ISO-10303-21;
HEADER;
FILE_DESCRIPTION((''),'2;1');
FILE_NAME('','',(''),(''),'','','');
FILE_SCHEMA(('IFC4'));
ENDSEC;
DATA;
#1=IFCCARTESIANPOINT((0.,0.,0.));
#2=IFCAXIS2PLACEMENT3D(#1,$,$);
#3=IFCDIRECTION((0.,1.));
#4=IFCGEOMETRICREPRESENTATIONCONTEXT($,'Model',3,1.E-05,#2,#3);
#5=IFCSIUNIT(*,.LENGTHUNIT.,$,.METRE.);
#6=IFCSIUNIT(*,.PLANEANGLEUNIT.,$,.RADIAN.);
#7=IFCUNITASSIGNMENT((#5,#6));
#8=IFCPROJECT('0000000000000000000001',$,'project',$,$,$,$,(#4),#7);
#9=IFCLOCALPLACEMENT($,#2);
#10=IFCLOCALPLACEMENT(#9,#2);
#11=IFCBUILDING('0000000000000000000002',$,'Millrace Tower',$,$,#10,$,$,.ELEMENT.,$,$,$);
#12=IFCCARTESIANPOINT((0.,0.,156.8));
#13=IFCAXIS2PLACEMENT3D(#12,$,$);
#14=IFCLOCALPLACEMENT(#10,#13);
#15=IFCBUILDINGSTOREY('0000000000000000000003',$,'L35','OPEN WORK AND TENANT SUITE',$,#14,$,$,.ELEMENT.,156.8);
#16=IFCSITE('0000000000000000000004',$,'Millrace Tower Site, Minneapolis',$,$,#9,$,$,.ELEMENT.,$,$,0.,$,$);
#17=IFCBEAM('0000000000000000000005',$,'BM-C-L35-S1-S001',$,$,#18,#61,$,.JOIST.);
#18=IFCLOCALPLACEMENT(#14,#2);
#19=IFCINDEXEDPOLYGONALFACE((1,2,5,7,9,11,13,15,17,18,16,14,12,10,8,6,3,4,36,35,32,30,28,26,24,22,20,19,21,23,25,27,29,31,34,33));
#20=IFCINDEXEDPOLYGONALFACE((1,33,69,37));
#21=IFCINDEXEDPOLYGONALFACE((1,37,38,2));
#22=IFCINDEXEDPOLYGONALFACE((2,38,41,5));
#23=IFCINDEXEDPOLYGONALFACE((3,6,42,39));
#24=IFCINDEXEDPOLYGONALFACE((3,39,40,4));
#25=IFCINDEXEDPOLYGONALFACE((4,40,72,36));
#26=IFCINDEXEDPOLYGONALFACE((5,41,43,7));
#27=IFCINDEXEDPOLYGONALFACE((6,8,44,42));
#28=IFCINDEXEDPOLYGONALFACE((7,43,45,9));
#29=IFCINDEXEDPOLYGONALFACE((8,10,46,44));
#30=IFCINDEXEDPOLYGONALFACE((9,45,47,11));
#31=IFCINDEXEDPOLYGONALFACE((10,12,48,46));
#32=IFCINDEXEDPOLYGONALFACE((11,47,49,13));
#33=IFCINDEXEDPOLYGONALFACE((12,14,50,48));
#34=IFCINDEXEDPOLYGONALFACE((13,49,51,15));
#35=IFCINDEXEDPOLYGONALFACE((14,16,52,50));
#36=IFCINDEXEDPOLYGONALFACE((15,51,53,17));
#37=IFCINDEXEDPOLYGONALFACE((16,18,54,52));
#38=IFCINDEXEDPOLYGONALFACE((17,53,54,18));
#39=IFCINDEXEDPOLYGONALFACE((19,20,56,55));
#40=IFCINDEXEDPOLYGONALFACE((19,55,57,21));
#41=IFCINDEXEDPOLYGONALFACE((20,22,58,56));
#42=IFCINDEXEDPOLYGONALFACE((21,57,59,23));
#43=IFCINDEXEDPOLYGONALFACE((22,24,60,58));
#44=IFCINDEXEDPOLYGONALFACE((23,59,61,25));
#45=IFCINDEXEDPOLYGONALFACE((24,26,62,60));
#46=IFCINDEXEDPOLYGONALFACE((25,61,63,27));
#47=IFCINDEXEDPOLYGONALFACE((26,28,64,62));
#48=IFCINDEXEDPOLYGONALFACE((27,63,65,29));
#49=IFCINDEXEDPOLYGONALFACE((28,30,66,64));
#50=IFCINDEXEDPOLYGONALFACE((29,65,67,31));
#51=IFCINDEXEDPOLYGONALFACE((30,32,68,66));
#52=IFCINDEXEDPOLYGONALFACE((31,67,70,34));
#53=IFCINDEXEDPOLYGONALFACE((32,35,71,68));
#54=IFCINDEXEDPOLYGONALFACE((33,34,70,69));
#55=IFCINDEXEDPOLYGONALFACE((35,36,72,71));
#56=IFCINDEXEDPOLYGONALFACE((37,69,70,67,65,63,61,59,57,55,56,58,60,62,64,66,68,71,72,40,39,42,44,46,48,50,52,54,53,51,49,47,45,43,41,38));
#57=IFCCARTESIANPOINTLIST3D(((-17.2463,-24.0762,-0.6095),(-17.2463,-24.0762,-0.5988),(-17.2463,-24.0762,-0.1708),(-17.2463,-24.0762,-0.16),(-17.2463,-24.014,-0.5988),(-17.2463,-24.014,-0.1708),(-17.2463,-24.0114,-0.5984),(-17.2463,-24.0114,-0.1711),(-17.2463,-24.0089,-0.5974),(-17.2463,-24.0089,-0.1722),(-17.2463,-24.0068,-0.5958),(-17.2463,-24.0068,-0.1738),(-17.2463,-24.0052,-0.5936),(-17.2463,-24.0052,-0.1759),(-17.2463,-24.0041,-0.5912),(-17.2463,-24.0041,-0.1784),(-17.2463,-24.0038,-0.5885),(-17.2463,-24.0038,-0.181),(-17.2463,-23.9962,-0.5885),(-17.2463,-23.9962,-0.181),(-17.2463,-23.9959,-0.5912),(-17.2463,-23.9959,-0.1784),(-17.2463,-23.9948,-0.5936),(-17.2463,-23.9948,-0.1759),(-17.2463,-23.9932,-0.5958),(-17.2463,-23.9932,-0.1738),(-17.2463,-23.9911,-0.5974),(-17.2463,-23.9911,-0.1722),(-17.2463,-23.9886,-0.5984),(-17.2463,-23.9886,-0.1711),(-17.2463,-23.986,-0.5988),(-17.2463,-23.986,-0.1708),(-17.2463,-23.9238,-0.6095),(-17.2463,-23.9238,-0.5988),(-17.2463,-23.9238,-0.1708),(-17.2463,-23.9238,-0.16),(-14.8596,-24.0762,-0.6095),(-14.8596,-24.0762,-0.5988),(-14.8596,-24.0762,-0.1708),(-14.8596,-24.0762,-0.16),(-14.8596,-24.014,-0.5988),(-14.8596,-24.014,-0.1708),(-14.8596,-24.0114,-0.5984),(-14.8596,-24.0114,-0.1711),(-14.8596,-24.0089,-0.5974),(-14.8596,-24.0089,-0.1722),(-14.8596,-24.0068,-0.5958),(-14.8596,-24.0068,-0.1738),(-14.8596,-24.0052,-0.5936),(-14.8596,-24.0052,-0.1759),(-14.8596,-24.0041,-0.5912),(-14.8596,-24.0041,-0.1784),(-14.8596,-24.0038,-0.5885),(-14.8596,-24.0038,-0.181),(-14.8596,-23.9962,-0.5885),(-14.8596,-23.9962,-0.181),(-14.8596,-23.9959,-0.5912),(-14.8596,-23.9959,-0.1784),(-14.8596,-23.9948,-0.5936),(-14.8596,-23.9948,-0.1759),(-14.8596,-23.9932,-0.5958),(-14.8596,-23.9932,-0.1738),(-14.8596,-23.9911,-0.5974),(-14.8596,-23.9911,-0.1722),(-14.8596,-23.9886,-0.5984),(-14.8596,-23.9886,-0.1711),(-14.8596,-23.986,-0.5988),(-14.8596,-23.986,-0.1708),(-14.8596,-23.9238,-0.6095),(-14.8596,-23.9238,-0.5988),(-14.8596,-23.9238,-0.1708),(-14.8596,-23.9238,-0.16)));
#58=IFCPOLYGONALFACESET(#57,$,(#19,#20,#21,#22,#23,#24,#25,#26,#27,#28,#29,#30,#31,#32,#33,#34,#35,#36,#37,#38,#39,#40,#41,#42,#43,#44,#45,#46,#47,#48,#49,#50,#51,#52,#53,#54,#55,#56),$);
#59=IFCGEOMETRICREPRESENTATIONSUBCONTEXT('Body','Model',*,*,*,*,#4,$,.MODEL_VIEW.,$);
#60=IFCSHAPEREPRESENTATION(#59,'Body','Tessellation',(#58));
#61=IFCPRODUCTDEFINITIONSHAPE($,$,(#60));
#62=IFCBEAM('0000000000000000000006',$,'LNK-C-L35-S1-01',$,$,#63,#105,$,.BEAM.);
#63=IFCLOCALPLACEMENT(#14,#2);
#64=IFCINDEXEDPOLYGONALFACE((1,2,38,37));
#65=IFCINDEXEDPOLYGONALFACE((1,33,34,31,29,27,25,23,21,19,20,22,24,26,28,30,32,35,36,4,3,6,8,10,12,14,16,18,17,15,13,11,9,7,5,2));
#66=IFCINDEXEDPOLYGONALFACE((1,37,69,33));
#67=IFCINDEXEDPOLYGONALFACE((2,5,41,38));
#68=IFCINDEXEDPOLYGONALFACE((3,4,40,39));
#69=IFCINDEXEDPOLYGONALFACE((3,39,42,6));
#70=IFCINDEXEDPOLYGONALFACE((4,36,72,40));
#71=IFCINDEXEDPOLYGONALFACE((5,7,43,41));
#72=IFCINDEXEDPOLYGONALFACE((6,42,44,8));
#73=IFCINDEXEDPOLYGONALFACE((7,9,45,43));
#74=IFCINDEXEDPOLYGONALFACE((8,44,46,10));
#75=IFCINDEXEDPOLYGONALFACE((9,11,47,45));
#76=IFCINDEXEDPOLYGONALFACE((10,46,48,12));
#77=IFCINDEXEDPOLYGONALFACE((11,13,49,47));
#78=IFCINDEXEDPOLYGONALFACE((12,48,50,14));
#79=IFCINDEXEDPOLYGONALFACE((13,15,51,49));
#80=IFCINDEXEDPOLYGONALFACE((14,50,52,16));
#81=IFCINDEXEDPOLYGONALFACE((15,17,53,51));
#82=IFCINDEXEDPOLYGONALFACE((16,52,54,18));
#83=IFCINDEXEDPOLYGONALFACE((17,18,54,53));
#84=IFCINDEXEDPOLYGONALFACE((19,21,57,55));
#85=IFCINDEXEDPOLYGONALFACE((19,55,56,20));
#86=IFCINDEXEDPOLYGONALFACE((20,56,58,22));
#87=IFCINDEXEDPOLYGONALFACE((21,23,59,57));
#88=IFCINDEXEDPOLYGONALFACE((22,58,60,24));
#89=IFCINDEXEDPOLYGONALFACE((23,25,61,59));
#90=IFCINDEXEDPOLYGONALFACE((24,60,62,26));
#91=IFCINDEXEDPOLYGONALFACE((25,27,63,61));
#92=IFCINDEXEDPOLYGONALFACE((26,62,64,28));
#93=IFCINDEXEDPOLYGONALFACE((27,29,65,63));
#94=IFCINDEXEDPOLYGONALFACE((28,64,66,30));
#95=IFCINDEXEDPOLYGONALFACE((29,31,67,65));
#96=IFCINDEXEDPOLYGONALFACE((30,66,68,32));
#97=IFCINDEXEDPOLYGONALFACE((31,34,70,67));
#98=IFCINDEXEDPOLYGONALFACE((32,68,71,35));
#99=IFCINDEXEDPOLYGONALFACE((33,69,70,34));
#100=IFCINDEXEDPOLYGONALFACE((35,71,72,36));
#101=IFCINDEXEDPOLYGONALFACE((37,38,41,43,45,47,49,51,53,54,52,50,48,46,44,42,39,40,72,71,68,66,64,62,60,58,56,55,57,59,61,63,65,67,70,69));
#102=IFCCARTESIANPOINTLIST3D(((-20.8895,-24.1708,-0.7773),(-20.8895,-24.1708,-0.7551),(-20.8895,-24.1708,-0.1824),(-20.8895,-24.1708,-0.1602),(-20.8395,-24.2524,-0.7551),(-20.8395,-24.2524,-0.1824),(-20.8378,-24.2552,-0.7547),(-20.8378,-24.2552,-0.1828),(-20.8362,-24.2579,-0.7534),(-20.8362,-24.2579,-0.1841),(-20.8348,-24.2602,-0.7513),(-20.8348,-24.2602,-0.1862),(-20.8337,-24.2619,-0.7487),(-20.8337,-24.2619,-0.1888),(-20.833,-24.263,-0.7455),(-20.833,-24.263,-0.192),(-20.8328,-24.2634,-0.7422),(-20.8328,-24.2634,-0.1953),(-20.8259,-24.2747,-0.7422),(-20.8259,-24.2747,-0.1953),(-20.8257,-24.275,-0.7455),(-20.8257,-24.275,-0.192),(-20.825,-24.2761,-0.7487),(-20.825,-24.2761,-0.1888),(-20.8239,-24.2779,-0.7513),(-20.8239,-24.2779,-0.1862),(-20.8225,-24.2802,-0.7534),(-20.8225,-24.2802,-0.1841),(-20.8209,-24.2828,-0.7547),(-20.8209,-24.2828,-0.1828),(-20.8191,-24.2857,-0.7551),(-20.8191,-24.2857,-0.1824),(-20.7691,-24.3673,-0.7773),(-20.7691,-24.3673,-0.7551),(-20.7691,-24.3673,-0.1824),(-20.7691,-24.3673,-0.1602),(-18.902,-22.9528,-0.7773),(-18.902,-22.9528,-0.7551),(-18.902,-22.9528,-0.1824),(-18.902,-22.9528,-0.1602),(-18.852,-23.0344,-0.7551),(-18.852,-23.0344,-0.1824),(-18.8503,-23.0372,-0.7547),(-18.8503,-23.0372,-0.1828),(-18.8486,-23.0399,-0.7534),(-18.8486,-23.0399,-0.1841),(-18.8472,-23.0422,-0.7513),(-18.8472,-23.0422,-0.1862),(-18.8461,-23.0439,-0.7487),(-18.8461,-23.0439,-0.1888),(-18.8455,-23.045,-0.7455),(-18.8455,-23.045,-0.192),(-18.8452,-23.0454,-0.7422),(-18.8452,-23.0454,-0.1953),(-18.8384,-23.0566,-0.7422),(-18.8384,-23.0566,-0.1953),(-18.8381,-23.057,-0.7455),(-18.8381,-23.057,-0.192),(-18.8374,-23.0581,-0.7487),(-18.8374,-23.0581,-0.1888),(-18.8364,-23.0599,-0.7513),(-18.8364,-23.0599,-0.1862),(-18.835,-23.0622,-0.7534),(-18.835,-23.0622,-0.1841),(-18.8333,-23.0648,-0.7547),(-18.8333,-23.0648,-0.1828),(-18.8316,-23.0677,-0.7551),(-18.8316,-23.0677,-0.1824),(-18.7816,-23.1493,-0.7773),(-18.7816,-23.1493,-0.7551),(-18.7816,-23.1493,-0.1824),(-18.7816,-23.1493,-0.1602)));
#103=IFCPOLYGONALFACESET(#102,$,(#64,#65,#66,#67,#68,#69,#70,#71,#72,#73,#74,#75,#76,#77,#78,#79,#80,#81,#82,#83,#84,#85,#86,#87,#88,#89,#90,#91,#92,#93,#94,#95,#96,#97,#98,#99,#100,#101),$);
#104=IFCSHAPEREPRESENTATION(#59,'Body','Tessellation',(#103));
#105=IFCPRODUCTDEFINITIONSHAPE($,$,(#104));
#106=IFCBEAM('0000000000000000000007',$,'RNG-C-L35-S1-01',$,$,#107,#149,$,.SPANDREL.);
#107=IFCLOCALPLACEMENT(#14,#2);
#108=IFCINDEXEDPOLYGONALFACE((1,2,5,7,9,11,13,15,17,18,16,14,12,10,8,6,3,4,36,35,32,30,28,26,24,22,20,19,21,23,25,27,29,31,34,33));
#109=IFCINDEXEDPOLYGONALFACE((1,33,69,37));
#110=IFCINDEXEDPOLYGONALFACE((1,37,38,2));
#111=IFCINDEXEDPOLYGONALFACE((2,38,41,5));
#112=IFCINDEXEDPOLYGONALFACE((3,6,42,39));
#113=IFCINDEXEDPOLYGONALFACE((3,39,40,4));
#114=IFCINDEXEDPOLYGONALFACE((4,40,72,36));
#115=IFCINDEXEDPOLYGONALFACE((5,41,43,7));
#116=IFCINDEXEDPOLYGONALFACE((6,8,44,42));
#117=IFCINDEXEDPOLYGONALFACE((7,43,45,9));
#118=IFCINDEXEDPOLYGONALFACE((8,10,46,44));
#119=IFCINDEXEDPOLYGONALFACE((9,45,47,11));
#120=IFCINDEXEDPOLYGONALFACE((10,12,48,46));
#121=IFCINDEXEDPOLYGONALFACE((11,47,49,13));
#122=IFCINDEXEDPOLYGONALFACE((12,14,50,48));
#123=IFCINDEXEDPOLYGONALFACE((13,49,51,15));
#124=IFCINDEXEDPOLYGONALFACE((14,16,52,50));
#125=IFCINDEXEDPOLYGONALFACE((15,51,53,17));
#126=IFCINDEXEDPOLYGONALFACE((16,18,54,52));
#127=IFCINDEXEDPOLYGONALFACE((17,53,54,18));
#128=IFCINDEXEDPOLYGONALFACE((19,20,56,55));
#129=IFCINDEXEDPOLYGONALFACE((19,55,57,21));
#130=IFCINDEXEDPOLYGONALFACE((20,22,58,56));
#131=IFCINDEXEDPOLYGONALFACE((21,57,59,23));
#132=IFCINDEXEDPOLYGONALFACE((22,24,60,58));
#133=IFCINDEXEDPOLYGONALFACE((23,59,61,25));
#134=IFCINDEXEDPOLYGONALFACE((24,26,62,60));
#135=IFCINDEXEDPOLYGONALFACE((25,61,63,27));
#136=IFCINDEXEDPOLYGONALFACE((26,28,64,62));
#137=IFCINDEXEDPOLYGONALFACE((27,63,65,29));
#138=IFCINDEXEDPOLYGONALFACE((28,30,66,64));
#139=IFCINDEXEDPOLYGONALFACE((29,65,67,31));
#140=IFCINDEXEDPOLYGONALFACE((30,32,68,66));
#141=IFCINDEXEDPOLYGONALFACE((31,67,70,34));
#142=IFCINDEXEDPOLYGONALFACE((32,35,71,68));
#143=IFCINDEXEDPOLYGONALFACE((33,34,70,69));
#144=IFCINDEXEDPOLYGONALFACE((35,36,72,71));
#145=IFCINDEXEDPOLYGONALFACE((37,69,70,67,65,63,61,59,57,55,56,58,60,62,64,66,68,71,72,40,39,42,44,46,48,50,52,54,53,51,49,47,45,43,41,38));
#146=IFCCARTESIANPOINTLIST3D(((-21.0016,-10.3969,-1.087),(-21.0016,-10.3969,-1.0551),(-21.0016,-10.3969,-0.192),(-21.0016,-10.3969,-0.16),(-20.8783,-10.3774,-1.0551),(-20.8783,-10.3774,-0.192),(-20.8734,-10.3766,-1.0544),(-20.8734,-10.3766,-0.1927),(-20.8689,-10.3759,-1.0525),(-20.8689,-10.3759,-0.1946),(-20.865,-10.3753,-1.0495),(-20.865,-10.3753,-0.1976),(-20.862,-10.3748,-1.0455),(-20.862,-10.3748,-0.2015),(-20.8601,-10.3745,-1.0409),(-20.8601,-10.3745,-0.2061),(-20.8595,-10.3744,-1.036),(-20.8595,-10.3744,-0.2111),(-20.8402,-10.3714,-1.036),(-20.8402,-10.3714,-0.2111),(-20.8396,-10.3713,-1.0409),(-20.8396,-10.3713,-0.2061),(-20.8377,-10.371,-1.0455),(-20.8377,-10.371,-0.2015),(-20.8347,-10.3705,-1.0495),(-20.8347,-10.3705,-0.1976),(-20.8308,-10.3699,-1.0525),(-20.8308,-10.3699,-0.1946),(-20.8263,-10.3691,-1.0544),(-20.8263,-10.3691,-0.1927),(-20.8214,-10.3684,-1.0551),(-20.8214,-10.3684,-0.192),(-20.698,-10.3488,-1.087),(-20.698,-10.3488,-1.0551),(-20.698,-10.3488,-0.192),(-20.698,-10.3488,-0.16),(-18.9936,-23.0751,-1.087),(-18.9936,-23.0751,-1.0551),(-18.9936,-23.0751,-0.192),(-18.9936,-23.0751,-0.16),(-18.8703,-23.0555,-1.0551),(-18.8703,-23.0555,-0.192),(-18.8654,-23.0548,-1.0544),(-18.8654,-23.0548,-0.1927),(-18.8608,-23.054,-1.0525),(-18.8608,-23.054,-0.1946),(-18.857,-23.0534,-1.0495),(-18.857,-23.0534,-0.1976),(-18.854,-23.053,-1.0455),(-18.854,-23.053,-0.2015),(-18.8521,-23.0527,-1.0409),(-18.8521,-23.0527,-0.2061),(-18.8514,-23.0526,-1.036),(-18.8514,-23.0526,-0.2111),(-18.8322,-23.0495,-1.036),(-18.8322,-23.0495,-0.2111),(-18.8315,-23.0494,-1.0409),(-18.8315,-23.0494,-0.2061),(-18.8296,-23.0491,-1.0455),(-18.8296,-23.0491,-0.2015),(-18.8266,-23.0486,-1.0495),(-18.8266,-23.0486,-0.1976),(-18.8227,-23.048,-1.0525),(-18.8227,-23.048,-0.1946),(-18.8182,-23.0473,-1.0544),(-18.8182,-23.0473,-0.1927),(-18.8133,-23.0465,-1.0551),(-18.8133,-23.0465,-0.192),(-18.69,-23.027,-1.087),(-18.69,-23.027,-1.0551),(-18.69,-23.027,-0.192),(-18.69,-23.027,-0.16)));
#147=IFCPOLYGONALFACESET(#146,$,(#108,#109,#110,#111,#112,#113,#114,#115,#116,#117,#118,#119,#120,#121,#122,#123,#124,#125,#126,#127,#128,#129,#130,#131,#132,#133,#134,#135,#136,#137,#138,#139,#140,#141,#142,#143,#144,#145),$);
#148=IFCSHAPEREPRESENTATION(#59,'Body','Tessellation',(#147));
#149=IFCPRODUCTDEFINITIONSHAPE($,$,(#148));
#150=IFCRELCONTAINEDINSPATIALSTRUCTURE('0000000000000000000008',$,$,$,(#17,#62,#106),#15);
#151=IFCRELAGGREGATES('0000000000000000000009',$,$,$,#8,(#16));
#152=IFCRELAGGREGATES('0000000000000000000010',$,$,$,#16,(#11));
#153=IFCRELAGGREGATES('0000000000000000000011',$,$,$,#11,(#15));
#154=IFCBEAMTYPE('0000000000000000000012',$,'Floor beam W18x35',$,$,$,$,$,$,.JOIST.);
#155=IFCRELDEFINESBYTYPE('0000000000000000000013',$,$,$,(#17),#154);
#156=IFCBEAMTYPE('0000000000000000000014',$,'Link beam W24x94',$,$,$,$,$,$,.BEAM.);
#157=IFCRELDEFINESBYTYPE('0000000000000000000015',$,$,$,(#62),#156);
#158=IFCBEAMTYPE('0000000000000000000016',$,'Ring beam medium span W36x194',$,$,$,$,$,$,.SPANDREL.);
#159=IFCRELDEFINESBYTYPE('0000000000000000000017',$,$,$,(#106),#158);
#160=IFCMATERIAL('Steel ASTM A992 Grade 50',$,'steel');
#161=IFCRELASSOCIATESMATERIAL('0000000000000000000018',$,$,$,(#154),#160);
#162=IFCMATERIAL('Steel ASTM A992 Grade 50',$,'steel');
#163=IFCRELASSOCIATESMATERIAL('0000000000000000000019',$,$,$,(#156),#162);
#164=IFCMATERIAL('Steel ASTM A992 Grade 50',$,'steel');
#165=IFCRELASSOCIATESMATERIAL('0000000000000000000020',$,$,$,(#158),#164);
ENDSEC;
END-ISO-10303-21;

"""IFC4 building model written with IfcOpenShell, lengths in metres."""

from ifc_helpers import new_model, si_unit, direction, frame, origin, origin_2d, place, context, subcontext, project, spatial, i_section, extrude, material, material_profile, profile_set, type_object, element, save


model = new_model("IFC4")

# Units and contexts
model_context = context("Model", 3, precision=1e-05, world=origin(), true_north=direction((0.0, 1.0)))
body_context = subcontext(model_context, "Body", "Model", "MODEL_VIEW")
ifc_project = project(units=[si_unit("LENGTHUNIT", "METRE"), si_unit("PLANEANGLEUNIT", "RADIAN")], contexts=[model_context])

# Site, building, storey
site_placement = place(None, origin())
site = spatial("IfcSite", under=ifc_project, at=site_placement, Name="Millrace Tower Site, Minneapolis", CompositionType="ELEMENT", RefElevation=0.0)
building_placement = place(site_placement, origin())
building = spatial("IfcBuilding", under=site, at=building_placement, Name="Millrace Tower", CompositionType="ELEMENT")
storey_placement = place(building_placement, frame((0.0, 0.0, 156.8)))
storey = spatial("IfcBuildingStorey", under=building, at=storey_placement, Name="L35", Description="OPEN WORK AND TENANT SUITE", CompositionType="ELEMENT", Elevation=156.8)

# Beams
ifc_material_1 = material(Name="Steel ASTM A992 Grade 50", Category="steel")
ifc_material_profile_1 = material_profile(ifc_material_1, i_section(OverallWidth=0.1523, OverallDepth=0.4495, WebThickness=0.0076, FlangeThickness=0.0107, FilletRadius=0.0103, at=origin_2d()))
ifc_profile_set_1 = profile_set([ifc_material_profile_1], Name="Steel ASTM A992 Grade 50")
beam_type_1 = type_object("IfcBeamType", Name="Floor beam W18x35", PredefinedType="JOIST", material=ifc_profile_set_1)
beam_1_placement = place(storey_placement, frame((-17.2463, -24.0, -0.3848), z_axis=(1.0, 0.0, 0.0), x_axis=(0.0, 1.0, 0.0)))
element("IfcBeam", 1, at=beam_1_placement, inside=storey, type_object=beam_type_1, Name="BM-C-L35-S1-S001", PredefinedType="JOIST", context=body_context, shape_type="SweptSolid", body=[
    extrude(i_section(OverallWidth=0.1523, OverallDepth=0.4495, WebThickness=0.0076, FlangeThickness=0.0107, FilletRadius=0.0103, at=origin_2d()), origin(), (0.0, 0.0, 1.0), 2.3867),
])
ifc_material_2 = material(Name="Steel ASTM A992 Grade 50", Category="steel")
ifc_material_profile_2 = material_profile(ifc_material_2, i_section(OverallWidth=0.2305, OverallDepth=0.6172, WebThickness=0.0132, FlangeThickness=0.0222, FilletRadius=0.0129, at=origin_2d()))
ifc_profile_set_2 = profile_set([ifc_material_profile_2], Name="Steel ASTM A992 Grade 50")
beam_type_2 = type_object("IfcBeamType", Name="Link beam W24x94", PredefinedType="BEAM", material=ifc_profile_set_2)
beam_2_placement = place(storey_placement, frame((-18.8418, -23.051, -0.4688), z_axis=(-0.852631, -0.522513, 0.0), x_axis=(0.522513, -0.852631, 0.0)))
element("IfcBeam", 2, at=beam_2_placement, inside=storey, type_object=beam_type_2, Name="LNK-C-L35-S1-01", PredefinedType="BEAM", context=body_context, shape_type="SweptSolid", body=[
    extrude(i_section(OverallWidth=0.2305, OverallDepth=0.6172, WebThickness=0.0132, FlangeThickness=0.0222, FilletRadius=0.0129, at=origin_2d()), origin(), (0.0, 0.0, 1.0), 2.3311),
])
ifc_material_3 = material(Name="Steel ASTM A992 Grade 50", Category="steel")
ifc_material_profile_3 = material_profile(ifc_material_3, i_section(OverallWidth=0.3074, OverallDepth=0.927, WebThickness=0.0195, FlangeThickness=0.032, FilletRadius=0.019, at=origin_2d()))
ifc_profile_set_3 = profile_set([ifc_material_profile_3], Name="Steel ASTM A992 Grade 50")
beam_type_3 = type_object("IfcBeamType", Name="Ring beam medium span W36x194", PredefinedType="SPANDREL", material=ifc_profile_set_3)
beam_3_placement = place(storey_placement, frame((-18.8418, -23.051, -0.6235), z_axis=(-0.156436, 0.987688, 0.0), x_axis=(-0.987688, -0.156436, 0.0)))
element("IfcBeam", 3, at=beam_3_placement, inside=storey, type_object=beam_type_3, Name="RNG-C-L35-S1-01", PredefinedType="SPANDREL", context=body_context, shape_type="SweptSolid", body=[
    extrude(i_section(OverallWidth=0.3074, OverallDepth=0.927, WebThickness=0.0195, FlangeThickness=0.032, FilletRadius=0.019, at=origin_2d()), origin(), (0.0, 0.0, 1.0), 12.8362),
])

save(model, "model.ifc")
